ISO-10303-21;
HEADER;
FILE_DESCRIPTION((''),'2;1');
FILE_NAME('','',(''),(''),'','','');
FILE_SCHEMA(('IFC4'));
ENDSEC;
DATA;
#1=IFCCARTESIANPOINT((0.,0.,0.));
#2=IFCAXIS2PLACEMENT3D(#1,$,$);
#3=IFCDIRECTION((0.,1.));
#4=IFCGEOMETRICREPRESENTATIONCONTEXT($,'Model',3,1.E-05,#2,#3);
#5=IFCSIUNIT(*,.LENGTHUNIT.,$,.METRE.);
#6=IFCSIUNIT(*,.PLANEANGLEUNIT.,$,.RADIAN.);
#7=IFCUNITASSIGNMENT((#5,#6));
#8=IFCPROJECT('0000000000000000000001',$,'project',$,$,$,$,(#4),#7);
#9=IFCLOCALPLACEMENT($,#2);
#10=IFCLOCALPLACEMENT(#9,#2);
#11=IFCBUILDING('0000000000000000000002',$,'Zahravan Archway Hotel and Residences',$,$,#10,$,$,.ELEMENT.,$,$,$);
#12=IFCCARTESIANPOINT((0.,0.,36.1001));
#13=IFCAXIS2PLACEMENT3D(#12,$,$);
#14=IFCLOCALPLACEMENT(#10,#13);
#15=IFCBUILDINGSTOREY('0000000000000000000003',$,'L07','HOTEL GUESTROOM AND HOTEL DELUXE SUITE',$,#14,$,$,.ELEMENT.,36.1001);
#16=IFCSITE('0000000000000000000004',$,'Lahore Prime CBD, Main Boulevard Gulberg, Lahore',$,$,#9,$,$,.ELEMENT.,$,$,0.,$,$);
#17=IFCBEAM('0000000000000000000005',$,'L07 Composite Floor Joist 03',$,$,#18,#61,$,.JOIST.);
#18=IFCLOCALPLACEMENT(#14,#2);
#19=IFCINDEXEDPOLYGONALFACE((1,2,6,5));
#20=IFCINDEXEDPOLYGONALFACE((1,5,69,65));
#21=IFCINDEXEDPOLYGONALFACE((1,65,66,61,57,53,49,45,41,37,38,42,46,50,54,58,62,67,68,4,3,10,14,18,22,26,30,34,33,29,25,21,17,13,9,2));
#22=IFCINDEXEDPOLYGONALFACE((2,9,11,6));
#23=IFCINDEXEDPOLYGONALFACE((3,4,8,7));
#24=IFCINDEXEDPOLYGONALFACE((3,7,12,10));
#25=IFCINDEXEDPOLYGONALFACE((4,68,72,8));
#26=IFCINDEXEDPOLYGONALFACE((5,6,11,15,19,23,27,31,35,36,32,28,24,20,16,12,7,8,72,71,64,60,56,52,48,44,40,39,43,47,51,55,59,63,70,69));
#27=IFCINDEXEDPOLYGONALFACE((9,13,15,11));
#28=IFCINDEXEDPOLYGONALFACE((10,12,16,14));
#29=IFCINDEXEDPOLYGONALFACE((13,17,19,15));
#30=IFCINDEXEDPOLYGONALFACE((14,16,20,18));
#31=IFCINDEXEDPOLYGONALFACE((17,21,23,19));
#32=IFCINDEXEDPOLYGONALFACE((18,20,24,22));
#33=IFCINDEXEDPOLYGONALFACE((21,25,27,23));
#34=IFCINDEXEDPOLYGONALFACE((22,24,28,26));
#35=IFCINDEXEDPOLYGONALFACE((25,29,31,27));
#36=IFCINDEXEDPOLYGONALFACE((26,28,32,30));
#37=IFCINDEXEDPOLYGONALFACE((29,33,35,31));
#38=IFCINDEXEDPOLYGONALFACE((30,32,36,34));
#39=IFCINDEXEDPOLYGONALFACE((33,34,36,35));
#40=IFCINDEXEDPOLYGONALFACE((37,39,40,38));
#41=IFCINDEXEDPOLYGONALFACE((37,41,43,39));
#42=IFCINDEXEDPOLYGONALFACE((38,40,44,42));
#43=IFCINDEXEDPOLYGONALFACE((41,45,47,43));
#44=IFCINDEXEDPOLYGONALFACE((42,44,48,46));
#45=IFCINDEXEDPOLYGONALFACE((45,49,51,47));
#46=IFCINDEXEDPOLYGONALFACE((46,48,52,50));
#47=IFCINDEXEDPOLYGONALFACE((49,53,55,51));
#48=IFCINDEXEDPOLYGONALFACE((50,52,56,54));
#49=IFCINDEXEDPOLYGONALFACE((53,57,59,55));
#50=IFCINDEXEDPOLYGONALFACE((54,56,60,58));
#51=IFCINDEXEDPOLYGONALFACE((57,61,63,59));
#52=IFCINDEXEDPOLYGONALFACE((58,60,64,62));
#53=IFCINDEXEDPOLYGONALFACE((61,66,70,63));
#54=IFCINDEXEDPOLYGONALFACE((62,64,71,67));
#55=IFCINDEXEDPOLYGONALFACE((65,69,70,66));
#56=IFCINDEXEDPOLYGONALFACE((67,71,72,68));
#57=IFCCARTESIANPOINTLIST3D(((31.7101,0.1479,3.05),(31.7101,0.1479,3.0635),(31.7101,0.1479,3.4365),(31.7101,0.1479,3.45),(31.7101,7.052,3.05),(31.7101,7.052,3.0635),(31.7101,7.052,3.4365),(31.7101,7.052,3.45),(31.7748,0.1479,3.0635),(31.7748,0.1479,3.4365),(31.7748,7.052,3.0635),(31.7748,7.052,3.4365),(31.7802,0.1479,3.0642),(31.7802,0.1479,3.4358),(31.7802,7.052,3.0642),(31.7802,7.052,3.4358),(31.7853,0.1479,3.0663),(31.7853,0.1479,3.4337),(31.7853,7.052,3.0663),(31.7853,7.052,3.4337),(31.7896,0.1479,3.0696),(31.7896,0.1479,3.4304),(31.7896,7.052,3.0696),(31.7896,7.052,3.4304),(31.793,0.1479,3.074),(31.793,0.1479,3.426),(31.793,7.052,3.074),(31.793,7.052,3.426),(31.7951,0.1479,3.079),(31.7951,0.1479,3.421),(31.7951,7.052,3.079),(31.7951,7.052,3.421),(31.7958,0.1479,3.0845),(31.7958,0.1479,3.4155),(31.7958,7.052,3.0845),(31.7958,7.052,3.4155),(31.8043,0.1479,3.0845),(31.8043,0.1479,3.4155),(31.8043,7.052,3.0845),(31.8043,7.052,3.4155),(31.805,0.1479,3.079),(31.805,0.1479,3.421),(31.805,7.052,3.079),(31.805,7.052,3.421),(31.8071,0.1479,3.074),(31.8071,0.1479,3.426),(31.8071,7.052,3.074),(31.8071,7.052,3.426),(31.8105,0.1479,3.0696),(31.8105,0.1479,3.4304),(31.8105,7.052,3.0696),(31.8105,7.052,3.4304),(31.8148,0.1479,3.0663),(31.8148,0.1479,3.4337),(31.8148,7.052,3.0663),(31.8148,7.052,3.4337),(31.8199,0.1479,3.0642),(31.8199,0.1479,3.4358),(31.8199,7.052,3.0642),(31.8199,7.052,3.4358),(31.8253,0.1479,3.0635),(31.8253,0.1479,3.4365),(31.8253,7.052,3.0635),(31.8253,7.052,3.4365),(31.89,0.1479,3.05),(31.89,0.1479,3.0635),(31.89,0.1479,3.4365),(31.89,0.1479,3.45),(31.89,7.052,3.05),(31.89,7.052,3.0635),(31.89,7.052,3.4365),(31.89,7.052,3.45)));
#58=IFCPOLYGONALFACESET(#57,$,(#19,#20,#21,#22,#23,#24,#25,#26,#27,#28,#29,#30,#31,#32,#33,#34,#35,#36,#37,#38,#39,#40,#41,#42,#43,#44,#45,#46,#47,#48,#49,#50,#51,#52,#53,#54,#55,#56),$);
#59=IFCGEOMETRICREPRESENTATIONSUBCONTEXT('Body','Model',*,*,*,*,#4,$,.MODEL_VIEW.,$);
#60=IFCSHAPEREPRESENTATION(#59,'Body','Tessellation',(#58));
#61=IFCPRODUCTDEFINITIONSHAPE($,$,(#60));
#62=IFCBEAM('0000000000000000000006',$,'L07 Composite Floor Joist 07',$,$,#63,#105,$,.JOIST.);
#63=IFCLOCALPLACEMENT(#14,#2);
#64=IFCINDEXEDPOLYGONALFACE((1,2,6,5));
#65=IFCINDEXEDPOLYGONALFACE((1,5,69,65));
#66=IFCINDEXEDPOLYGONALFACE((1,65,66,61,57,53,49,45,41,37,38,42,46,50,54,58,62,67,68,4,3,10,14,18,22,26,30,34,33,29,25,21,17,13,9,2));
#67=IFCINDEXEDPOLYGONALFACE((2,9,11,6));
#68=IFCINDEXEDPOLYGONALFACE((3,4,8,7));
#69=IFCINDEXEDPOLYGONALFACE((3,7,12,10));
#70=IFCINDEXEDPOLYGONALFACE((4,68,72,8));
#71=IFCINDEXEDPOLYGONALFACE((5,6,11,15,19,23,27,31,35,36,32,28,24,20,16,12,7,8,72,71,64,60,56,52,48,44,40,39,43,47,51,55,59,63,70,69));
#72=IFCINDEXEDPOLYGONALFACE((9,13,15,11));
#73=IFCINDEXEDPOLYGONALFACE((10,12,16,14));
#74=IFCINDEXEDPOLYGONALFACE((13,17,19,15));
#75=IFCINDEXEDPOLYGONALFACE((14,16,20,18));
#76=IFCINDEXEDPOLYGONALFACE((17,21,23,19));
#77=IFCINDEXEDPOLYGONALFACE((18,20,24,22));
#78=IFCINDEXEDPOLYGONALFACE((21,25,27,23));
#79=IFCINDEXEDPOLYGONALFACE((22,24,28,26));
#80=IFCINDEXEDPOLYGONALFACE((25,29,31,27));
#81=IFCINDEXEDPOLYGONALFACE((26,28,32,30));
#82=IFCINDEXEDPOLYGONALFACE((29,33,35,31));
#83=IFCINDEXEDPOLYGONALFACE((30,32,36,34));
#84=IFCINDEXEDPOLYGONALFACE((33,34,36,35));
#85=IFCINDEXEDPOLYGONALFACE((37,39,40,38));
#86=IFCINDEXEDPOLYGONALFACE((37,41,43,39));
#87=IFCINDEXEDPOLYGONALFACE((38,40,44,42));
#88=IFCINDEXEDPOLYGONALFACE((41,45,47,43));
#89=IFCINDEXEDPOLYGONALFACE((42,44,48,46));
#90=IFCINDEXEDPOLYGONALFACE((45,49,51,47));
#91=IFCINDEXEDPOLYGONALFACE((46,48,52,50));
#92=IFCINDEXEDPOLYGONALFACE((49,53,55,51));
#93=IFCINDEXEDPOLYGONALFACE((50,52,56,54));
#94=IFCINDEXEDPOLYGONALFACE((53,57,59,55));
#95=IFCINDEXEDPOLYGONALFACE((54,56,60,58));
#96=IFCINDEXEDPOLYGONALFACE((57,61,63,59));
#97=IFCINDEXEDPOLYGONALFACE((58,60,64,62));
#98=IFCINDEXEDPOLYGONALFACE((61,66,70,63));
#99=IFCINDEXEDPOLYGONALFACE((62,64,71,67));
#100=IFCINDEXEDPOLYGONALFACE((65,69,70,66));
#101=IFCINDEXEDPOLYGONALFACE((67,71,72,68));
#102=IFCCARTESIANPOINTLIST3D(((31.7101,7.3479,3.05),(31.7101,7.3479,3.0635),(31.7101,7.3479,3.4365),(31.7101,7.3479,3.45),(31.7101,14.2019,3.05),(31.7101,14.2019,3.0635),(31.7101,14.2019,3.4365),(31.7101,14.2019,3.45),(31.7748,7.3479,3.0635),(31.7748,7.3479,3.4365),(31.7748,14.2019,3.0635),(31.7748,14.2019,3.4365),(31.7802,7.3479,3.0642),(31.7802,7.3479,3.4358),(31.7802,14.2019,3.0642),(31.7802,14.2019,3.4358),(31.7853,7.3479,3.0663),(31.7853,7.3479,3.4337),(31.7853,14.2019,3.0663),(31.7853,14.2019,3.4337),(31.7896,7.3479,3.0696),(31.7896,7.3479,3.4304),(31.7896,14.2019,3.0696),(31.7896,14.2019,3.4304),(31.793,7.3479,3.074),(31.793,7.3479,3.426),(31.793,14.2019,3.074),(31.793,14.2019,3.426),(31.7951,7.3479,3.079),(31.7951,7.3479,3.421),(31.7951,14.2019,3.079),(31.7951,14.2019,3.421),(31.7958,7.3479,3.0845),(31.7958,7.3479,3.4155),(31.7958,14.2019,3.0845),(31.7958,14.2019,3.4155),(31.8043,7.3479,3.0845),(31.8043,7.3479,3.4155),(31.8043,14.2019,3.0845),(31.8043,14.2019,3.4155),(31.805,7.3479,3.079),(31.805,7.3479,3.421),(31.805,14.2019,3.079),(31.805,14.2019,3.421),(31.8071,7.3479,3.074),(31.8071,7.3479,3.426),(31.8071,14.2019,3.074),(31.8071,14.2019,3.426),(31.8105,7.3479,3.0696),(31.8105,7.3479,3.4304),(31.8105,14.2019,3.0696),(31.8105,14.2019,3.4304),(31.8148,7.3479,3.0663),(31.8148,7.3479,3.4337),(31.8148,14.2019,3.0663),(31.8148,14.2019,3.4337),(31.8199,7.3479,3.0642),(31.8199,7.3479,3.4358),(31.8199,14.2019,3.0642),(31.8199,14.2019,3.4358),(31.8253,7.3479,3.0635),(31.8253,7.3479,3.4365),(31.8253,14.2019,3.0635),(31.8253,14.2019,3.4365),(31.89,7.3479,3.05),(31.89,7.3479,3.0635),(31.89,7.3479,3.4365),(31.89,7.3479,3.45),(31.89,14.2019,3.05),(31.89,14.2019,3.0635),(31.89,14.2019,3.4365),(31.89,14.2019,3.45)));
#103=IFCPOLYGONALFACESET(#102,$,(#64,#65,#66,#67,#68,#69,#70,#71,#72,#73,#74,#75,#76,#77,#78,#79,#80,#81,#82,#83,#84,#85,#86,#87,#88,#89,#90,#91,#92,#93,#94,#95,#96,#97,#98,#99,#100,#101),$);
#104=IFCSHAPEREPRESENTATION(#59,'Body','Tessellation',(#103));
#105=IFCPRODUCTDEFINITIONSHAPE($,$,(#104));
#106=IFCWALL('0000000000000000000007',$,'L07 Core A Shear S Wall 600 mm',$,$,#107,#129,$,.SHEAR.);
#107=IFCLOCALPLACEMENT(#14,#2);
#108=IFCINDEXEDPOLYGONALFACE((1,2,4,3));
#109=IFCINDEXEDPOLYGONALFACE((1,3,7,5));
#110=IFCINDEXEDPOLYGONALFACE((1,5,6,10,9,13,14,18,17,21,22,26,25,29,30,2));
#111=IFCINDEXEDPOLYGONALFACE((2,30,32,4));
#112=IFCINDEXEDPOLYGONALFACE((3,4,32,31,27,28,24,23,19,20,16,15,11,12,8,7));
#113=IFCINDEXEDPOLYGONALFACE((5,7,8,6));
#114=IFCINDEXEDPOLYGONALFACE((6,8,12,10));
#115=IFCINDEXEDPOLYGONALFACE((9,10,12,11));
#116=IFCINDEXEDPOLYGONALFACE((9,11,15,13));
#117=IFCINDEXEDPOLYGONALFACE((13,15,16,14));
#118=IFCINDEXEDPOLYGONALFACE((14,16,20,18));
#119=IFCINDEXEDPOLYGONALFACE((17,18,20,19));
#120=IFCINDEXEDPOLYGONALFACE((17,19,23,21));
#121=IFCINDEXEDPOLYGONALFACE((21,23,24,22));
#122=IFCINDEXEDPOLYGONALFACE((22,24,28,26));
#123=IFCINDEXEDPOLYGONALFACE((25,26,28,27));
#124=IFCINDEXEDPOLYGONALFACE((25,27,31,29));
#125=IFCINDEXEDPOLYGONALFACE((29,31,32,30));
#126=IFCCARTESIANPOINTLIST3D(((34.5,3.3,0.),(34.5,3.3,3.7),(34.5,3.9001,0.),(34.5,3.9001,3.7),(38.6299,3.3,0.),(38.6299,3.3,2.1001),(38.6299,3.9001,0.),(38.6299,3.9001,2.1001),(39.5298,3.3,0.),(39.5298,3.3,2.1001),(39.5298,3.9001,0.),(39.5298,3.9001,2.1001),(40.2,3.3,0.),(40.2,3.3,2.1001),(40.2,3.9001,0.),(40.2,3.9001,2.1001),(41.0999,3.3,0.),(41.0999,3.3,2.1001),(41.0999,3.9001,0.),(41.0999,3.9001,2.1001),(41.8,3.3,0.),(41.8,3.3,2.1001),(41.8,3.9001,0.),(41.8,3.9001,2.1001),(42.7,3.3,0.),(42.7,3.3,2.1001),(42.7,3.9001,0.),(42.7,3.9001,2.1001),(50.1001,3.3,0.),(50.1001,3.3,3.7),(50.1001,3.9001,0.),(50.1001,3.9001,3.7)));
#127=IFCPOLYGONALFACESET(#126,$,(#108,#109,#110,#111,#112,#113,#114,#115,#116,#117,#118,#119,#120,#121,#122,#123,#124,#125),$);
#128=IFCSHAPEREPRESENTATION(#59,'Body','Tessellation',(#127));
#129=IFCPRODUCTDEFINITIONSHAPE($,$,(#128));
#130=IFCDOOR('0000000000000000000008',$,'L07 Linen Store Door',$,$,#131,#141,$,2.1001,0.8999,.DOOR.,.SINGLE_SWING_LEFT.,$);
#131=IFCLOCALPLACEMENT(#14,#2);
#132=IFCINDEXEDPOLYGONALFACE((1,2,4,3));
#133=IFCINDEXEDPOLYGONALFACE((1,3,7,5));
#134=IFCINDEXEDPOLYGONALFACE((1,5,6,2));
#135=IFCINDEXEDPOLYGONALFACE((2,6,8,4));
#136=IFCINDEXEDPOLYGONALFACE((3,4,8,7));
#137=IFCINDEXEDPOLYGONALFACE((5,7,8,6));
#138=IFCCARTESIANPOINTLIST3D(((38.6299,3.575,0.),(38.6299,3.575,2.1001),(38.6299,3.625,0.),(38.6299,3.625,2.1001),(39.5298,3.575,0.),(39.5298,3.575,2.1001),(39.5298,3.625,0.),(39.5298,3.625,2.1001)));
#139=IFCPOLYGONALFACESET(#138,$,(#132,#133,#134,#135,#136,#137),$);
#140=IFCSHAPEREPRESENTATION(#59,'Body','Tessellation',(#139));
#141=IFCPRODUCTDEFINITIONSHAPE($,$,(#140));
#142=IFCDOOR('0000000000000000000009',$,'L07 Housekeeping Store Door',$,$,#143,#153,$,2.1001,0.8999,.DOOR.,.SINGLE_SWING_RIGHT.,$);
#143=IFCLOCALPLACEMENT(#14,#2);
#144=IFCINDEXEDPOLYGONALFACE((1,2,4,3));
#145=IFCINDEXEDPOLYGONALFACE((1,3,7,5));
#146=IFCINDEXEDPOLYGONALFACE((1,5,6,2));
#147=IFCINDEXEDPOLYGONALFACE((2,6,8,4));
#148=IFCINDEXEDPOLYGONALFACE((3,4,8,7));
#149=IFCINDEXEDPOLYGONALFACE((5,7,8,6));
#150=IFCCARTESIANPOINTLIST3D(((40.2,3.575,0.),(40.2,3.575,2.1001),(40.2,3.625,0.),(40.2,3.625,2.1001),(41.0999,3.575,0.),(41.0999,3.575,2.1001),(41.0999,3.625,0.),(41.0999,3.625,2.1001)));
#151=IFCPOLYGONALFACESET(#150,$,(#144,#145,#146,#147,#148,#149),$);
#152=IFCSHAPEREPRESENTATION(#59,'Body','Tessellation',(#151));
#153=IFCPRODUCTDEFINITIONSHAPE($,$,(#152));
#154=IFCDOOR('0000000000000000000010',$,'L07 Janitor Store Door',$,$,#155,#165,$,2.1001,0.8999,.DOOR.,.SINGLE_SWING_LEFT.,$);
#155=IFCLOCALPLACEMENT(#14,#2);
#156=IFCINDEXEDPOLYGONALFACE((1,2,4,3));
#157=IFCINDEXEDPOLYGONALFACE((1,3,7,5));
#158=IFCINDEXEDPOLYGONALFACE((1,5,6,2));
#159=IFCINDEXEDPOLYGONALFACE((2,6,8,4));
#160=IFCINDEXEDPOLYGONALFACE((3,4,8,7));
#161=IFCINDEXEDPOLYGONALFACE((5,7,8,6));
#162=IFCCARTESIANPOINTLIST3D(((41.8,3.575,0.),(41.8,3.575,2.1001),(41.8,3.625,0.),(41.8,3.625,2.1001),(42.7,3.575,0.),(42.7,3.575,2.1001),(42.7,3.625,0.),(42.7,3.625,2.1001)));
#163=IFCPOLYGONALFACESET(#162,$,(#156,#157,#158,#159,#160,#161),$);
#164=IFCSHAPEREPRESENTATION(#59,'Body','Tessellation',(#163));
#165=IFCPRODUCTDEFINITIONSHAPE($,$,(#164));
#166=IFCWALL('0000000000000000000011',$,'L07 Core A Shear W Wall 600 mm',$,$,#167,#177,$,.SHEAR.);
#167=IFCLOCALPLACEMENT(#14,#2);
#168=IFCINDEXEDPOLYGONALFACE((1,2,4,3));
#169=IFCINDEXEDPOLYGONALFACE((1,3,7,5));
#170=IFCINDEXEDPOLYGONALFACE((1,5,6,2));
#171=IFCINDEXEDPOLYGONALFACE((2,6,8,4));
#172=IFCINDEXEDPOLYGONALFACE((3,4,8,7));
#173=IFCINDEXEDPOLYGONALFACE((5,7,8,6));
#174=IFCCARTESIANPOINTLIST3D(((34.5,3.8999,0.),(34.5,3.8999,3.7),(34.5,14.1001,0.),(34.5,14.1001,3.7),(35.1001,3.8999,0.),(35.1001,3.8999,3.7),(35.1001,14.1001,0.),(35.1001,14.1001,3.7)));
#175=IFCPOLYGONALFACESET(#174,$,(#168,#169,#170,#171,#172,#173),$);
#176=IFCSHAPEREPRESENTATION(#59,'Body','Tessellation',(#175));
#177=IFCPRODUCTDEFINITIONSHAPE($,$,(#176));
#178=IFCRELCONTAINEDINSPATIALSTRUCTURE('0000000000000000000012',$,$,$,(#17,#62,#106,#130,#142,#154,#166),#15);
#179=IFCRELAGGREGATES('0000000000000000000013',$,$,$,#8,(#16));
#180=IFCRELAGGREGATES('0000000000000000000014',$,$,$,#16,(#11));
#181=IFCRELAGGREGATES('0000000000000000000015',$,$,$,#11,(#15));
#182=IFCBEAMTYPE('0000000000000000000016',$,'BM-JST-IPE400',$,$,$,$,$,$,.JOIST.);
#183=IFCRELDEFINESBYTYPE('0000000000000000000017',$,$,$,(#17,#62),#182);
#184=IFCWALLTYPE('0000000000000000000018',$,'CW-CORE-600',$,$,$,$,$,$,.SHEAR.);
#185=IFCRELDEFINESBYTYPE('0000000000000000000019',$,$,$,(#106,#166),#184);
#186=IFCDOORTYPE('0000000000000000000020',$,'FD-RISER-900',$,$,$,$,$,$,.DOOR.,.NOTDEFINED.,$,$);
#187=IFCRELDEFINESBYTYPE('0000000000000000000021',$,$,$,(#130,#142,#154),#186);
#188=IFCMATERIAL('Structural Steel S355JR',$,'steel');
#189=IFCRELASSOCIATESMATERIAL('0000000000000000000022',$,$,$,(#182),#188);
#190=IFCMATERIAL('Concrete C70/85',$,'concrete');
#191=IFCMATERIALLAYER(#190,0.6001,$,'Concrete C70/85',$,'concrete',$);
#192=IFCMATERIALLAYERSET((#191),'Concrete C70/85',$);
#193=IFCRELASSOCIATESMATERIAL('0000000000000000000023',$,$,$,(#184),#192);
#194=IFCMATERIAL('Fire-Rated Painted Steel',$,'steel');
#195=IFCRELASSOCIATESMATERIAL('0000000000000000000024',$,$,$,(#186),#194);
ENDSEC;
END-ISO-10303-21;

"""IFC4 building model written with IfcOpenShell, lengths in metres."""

from ifc_helpers import new_model, si_unit, direction, frame, frame_2d, origin, origin_2d, place, context, subcontext, project, spatial, rectangle, i_section, extrude, source, transform, mapped, material, layer, layer_set, material_profile, profile_set, type_object, type_shapes, element, fill, save


model = new_model("IFC4")

# Units and contexts
model_context = context("Model", 3, precision=1e-05, world=origin(), true_north=direction((0.0, 1.0)))
body_context = subcontext(model_context, "Body", "Model", "MODEL_VIEW")
ifc_project = project(units=[si_unit("LENGTHUNIT", "METRE"), si_unit("PLANEANGLEUNIT", "RADIAN")], contexts=[model_context])

# Site, building, storey
site_placement = place(None, origin())
site = spatial("IfcSite", under=ifc_project, at=site_placement, Name="Lahore Prime CBD, Main Boulevard Gulberg, Lahore", CompositionType="ELEMENT", RefElevation=0.0)
building_placement = place(site_placement, origin())
building = spatial("IfcBuilding", under=site, at=building_placement, Name="Zahravan Archway Hotel and Residences", CompositionType="ELEMENT")
storey_placement = place(building_placement, frame((0.0, 0.0, 36.1001)))
storey = spatial("IfcBuildingStorey", under=building, at=storey_placement, Name="L07", Description="HOTEL GUESTROOM AND HOTEL DELUXE SUITE", CompositionType="ELEMENT", Elevation=36.1001)

# Shared definitions
ifc_material_1 = material(Name="Concrete C70/85", Category="concrete")

# Beams
ifc_material_2 = material(Name="Structural Steel S355JR", Category="steel")
ifc_material_profile_1 = material_profile(ifc_material_2, i_section(OverallWidth=0.1799, OverallDepth=0.3999, WebThickness=0.0085, FlangeThickness=0.0134, FilletRadius=0.021, at=origin_2d()), Name="IPE 400", Category="steel")
ifc_profile_set_1 = profile_set([ifc_material_profile_1], Name="Structural Steel S355JR")
beam_type_1 = type_object("IfcBeamType", Name="BM-JST-IPE400", PredefinedType="JOIST", material=ifc_profile_set_1)
shared_shape_1 = source(origin(), body_context, "Body", "SweptSolid", [
    extrude(i_section(OverallWidth=0.1799, OverallDepth=0.3999, WebThickness=0.0085, FlangeThickness=0.0134, FilletRadius=0.021, at=origin_2d()), origin(), (0.0, 0.0, 1.0), 6.9041),
])
type_shapes(beam_type_1, [shared_shape_1])
beam_1_placement = place(storey_placement, frame((31.8, 0.1479, 3.25), z_axis=(0.0, 1.0, 0.0), x_axis=(-1.0, 0.0, 0.0)))
element("IfcBeam", 1, at=beam_1_placement, inside=storey, type_object=beam_type_1, Name="L07 Composite Floor Joist 03", PredefinedType="JOIST", context=body_context, shape_type="MappedRepresentation", body=[
    mapped(shared_shape_1, transform((0.0, 0.0, 0.0), scale=1.0)),
])
shared_shape_2 = source(origin(), body_context, "Body", "SweptSolid", [
    extrude(i_section(OverallWidth=0.1799, OverallDepth=0.3999, WebThickness=0.0085, FlangeThickness=0.0134, FilletRadius=0.021, at=origin_2d()), origin(), (0.0, 0.0, 1.0), 6.854),
])
beam_2_placement = place(storey_placement, frame((31.8, 7.3479, 3.25), z_axis=(0.0, 1.0, 0.0), x_axis=(-1.0, 0.0, 0.0)))
element("IfcBeam", 2, at=beam_2_placement, inside=storey, type_object=beam_type_1, Name="L07 Composite Floor Joist 07", PredefinedType="JOIST", context=body_context, shape_type="MappedRepresentation", body=[
    mapped(shared_shape_2, transform((0.0, 0.0, 0.0), scale=1.0)),
])

# Wall, openings, doors
ifc_layer_1 = layer(ifc_material_1, 0.6001, Name="Concrete C70/85", Category="concrete")
ifc_layer_set_1 = layer_set([ifc_layer_1], Name="Concrete C70/85")
wall_type_1 = type_object("IfcWallType", Name="CW-CORE-600", PredefinedType="SHEAR", material=ifc_layer_set_1)
wall_1_placement = place(storey_placement, frame((34.5, 3.6001, 0.0), z_axis=(0.0, 0.0, 1.0), x_axis=(1.0, 0.0, 0.0)))
wall_1 = element("IfcWall", 3, at=wall_1_placement, inside=storey, type_object=wall_type_1, Name="L07 Core A Shear S Wall 600 mm", PredefinedType="SHEAR", context=body_context, shape_type="SweptSolid", body=[
    extrude(rectangle(XDim=15.6001, YDim=0.6001, at=frame_2d((7.8, 0.0))), origin(), (0.0, 0.0, 1.0), 3.7),
])
opening_1_placement = place(wall_1_placement, frame((4.1299, 0.0, 0.0)))
opening_1 = element("IfcOpeningElement", 4, at=opening_1_placement, cuts=wall_1, PredefinedType="OPENING", context=body_context, shape_type="SweptSolid", body=[
    extrude(rectangle(XDim=0.8999, YDim=2.1001, at=frame_2d((0.45, 1.05))), frame((0.0, 0.3101, 0.0), z_axis=(0.0, -1.0, 0.0), x_axis=(1.0, 0.0, 0.0)), (0.0, 0.0, 1.0), 0.6201),
])
opening_2_placement = place(wall_1_placement, frame((5.7, 0.0, 0.0)))
opening_2 = element("IfcOpeningElement", 5, at=opening_2_placement, cuts=wall_1, PredefinedType="OPENING", context=body_context, shape_type="SweptSolid", body=[
    extrude(rectangle(XDim=0.8999, YDim=2.1001, at=frame_2d((0.45, 1.05))), frame((0.0, 0.3101, 0.0), z_axis=(0.0, -1.0, 0.0), x_axis=(1.0, 0.0, 0.0)), (0.0, 0.0, 1.0), 0.6201),
])
opening_3_placement = place(wall_1_placement, frame((7.3, 0.0, 0.0)))
opening_3 = element("IfcOpeningElement", 6, at=opening_3_placement, cuts=wall_1, PredefinedType="OPENING", context=body_context, shape_type="SweptSolid", body=[
    extrude(rectangle(XDim=0.8999, YDim=2.1001, at=frame_2d((0.45, 1.05))), frame((0.0, 0.3101, 0.0), z_axis=(0.0, -1.0, 0.0), x_axis=(1.0, 0.0, 0.0)), (0.0, 0.0, 1.0), 0.6201),
])
ifc_material_3 = material(Name="Fire-Rated Painted Steel", Category="steel")
door_type_1 = type_object("IfcDoorType", Name="FD-RISER-900", OperationType="NOTDEFINED", PredefinedType="DOOR", material=ifc_material_3)
shared_shape_3 = source(origin(), body_context, "Body", "SweptSolid", [
    extrude(rectangle(XDim=0.8999, YDim=2.1001, at=frame_2d((0.45, 1.05))), frame((0.0, 0.0249, 0.0), z_axis=(0.0, -1.0, 0.0), x_axis=(1.0, 0.0, 0.0)), (0.0, 0.0, 1.0), 0.05),
])
type_shapes(door_type_1, [shared_shape_3])
door_1_placement = place(opening_1_placement, origin())
door_1 = element("IfcDoor", 7, at=door_1_placement, inside=storey, type_object=door_type_1, Name="L07 Linen Store Door", OperationType="SINGLE_SWING_LEFT", OverallHeight=2.1001, OverallWidth=0.8999, PredefinedType="DOOR", context=body_context, shape_type="MappedRepresentation", body=[
    mapped(shared_shape_3, transform((0.0, 0.0, 0.0), scale=1.0)),
])
fill(opening_1, door_1)
door_2_placement = place(opening_2_placement, origin())
door_2 = element("IfcDoor", 8, at=door_2_placement, inside=storey, type_object=door_type_1, Name="L07 Housekeeping Store Door", OperationType="SINGLE_SWING_RIGHT", OverallHeight=2.1001, OverallWidth=0.8999, PredefinedType="DOOR", context=body_context, shape_type="MappedRepresentation", body=[
    mapped(shared_shape_3, transform((0.0, 0.0, 0.0), scale=1.0)),
])
fill(opening_2, door_2)
door_3_placement = place(opening_3_placement, origin())
door_3 = element("IfcDoor", 9, at=door_3_placement, inside=storey, type_object=door_type_1, Name="L07 Janitor Store Door", OperationType="SINGLE_SWING_LEFT", OverallHeight=2.1001, OverallWidth=0.8999, PredefinedType="DOOR", context=body_context, shape_type="MappedRepresentation", body=[
    mapped(shared_shape_3, transform((0.0, 0.0, 0.0), scale=1.0)),
])
fill(opening_3, door_3)

# Wall
wall_2_placement = place(storey_placement, frame((34.8, 3.8999, 0.0), z_axis=(0.0, 0.0, 1.0), x_axis=(0.0, 1.0, 0.0)))
element("IfcWall", 10, at=wall_2_placement, inside=storey, type_object=wall_type_1, Name="L07 Core A Shear W Wall 600 mm", PredefinedType="SHEAR", context=body_context, shape_type="SweptSolid", body=[
    extrude(rectangle(XDim=10.2002, YDim=0.6001, at=frame_2d((5.1001, 0.0))), origin(), (0.0, 0.0, 1.0), 3.7),
])

save(model, "model.ifc")
